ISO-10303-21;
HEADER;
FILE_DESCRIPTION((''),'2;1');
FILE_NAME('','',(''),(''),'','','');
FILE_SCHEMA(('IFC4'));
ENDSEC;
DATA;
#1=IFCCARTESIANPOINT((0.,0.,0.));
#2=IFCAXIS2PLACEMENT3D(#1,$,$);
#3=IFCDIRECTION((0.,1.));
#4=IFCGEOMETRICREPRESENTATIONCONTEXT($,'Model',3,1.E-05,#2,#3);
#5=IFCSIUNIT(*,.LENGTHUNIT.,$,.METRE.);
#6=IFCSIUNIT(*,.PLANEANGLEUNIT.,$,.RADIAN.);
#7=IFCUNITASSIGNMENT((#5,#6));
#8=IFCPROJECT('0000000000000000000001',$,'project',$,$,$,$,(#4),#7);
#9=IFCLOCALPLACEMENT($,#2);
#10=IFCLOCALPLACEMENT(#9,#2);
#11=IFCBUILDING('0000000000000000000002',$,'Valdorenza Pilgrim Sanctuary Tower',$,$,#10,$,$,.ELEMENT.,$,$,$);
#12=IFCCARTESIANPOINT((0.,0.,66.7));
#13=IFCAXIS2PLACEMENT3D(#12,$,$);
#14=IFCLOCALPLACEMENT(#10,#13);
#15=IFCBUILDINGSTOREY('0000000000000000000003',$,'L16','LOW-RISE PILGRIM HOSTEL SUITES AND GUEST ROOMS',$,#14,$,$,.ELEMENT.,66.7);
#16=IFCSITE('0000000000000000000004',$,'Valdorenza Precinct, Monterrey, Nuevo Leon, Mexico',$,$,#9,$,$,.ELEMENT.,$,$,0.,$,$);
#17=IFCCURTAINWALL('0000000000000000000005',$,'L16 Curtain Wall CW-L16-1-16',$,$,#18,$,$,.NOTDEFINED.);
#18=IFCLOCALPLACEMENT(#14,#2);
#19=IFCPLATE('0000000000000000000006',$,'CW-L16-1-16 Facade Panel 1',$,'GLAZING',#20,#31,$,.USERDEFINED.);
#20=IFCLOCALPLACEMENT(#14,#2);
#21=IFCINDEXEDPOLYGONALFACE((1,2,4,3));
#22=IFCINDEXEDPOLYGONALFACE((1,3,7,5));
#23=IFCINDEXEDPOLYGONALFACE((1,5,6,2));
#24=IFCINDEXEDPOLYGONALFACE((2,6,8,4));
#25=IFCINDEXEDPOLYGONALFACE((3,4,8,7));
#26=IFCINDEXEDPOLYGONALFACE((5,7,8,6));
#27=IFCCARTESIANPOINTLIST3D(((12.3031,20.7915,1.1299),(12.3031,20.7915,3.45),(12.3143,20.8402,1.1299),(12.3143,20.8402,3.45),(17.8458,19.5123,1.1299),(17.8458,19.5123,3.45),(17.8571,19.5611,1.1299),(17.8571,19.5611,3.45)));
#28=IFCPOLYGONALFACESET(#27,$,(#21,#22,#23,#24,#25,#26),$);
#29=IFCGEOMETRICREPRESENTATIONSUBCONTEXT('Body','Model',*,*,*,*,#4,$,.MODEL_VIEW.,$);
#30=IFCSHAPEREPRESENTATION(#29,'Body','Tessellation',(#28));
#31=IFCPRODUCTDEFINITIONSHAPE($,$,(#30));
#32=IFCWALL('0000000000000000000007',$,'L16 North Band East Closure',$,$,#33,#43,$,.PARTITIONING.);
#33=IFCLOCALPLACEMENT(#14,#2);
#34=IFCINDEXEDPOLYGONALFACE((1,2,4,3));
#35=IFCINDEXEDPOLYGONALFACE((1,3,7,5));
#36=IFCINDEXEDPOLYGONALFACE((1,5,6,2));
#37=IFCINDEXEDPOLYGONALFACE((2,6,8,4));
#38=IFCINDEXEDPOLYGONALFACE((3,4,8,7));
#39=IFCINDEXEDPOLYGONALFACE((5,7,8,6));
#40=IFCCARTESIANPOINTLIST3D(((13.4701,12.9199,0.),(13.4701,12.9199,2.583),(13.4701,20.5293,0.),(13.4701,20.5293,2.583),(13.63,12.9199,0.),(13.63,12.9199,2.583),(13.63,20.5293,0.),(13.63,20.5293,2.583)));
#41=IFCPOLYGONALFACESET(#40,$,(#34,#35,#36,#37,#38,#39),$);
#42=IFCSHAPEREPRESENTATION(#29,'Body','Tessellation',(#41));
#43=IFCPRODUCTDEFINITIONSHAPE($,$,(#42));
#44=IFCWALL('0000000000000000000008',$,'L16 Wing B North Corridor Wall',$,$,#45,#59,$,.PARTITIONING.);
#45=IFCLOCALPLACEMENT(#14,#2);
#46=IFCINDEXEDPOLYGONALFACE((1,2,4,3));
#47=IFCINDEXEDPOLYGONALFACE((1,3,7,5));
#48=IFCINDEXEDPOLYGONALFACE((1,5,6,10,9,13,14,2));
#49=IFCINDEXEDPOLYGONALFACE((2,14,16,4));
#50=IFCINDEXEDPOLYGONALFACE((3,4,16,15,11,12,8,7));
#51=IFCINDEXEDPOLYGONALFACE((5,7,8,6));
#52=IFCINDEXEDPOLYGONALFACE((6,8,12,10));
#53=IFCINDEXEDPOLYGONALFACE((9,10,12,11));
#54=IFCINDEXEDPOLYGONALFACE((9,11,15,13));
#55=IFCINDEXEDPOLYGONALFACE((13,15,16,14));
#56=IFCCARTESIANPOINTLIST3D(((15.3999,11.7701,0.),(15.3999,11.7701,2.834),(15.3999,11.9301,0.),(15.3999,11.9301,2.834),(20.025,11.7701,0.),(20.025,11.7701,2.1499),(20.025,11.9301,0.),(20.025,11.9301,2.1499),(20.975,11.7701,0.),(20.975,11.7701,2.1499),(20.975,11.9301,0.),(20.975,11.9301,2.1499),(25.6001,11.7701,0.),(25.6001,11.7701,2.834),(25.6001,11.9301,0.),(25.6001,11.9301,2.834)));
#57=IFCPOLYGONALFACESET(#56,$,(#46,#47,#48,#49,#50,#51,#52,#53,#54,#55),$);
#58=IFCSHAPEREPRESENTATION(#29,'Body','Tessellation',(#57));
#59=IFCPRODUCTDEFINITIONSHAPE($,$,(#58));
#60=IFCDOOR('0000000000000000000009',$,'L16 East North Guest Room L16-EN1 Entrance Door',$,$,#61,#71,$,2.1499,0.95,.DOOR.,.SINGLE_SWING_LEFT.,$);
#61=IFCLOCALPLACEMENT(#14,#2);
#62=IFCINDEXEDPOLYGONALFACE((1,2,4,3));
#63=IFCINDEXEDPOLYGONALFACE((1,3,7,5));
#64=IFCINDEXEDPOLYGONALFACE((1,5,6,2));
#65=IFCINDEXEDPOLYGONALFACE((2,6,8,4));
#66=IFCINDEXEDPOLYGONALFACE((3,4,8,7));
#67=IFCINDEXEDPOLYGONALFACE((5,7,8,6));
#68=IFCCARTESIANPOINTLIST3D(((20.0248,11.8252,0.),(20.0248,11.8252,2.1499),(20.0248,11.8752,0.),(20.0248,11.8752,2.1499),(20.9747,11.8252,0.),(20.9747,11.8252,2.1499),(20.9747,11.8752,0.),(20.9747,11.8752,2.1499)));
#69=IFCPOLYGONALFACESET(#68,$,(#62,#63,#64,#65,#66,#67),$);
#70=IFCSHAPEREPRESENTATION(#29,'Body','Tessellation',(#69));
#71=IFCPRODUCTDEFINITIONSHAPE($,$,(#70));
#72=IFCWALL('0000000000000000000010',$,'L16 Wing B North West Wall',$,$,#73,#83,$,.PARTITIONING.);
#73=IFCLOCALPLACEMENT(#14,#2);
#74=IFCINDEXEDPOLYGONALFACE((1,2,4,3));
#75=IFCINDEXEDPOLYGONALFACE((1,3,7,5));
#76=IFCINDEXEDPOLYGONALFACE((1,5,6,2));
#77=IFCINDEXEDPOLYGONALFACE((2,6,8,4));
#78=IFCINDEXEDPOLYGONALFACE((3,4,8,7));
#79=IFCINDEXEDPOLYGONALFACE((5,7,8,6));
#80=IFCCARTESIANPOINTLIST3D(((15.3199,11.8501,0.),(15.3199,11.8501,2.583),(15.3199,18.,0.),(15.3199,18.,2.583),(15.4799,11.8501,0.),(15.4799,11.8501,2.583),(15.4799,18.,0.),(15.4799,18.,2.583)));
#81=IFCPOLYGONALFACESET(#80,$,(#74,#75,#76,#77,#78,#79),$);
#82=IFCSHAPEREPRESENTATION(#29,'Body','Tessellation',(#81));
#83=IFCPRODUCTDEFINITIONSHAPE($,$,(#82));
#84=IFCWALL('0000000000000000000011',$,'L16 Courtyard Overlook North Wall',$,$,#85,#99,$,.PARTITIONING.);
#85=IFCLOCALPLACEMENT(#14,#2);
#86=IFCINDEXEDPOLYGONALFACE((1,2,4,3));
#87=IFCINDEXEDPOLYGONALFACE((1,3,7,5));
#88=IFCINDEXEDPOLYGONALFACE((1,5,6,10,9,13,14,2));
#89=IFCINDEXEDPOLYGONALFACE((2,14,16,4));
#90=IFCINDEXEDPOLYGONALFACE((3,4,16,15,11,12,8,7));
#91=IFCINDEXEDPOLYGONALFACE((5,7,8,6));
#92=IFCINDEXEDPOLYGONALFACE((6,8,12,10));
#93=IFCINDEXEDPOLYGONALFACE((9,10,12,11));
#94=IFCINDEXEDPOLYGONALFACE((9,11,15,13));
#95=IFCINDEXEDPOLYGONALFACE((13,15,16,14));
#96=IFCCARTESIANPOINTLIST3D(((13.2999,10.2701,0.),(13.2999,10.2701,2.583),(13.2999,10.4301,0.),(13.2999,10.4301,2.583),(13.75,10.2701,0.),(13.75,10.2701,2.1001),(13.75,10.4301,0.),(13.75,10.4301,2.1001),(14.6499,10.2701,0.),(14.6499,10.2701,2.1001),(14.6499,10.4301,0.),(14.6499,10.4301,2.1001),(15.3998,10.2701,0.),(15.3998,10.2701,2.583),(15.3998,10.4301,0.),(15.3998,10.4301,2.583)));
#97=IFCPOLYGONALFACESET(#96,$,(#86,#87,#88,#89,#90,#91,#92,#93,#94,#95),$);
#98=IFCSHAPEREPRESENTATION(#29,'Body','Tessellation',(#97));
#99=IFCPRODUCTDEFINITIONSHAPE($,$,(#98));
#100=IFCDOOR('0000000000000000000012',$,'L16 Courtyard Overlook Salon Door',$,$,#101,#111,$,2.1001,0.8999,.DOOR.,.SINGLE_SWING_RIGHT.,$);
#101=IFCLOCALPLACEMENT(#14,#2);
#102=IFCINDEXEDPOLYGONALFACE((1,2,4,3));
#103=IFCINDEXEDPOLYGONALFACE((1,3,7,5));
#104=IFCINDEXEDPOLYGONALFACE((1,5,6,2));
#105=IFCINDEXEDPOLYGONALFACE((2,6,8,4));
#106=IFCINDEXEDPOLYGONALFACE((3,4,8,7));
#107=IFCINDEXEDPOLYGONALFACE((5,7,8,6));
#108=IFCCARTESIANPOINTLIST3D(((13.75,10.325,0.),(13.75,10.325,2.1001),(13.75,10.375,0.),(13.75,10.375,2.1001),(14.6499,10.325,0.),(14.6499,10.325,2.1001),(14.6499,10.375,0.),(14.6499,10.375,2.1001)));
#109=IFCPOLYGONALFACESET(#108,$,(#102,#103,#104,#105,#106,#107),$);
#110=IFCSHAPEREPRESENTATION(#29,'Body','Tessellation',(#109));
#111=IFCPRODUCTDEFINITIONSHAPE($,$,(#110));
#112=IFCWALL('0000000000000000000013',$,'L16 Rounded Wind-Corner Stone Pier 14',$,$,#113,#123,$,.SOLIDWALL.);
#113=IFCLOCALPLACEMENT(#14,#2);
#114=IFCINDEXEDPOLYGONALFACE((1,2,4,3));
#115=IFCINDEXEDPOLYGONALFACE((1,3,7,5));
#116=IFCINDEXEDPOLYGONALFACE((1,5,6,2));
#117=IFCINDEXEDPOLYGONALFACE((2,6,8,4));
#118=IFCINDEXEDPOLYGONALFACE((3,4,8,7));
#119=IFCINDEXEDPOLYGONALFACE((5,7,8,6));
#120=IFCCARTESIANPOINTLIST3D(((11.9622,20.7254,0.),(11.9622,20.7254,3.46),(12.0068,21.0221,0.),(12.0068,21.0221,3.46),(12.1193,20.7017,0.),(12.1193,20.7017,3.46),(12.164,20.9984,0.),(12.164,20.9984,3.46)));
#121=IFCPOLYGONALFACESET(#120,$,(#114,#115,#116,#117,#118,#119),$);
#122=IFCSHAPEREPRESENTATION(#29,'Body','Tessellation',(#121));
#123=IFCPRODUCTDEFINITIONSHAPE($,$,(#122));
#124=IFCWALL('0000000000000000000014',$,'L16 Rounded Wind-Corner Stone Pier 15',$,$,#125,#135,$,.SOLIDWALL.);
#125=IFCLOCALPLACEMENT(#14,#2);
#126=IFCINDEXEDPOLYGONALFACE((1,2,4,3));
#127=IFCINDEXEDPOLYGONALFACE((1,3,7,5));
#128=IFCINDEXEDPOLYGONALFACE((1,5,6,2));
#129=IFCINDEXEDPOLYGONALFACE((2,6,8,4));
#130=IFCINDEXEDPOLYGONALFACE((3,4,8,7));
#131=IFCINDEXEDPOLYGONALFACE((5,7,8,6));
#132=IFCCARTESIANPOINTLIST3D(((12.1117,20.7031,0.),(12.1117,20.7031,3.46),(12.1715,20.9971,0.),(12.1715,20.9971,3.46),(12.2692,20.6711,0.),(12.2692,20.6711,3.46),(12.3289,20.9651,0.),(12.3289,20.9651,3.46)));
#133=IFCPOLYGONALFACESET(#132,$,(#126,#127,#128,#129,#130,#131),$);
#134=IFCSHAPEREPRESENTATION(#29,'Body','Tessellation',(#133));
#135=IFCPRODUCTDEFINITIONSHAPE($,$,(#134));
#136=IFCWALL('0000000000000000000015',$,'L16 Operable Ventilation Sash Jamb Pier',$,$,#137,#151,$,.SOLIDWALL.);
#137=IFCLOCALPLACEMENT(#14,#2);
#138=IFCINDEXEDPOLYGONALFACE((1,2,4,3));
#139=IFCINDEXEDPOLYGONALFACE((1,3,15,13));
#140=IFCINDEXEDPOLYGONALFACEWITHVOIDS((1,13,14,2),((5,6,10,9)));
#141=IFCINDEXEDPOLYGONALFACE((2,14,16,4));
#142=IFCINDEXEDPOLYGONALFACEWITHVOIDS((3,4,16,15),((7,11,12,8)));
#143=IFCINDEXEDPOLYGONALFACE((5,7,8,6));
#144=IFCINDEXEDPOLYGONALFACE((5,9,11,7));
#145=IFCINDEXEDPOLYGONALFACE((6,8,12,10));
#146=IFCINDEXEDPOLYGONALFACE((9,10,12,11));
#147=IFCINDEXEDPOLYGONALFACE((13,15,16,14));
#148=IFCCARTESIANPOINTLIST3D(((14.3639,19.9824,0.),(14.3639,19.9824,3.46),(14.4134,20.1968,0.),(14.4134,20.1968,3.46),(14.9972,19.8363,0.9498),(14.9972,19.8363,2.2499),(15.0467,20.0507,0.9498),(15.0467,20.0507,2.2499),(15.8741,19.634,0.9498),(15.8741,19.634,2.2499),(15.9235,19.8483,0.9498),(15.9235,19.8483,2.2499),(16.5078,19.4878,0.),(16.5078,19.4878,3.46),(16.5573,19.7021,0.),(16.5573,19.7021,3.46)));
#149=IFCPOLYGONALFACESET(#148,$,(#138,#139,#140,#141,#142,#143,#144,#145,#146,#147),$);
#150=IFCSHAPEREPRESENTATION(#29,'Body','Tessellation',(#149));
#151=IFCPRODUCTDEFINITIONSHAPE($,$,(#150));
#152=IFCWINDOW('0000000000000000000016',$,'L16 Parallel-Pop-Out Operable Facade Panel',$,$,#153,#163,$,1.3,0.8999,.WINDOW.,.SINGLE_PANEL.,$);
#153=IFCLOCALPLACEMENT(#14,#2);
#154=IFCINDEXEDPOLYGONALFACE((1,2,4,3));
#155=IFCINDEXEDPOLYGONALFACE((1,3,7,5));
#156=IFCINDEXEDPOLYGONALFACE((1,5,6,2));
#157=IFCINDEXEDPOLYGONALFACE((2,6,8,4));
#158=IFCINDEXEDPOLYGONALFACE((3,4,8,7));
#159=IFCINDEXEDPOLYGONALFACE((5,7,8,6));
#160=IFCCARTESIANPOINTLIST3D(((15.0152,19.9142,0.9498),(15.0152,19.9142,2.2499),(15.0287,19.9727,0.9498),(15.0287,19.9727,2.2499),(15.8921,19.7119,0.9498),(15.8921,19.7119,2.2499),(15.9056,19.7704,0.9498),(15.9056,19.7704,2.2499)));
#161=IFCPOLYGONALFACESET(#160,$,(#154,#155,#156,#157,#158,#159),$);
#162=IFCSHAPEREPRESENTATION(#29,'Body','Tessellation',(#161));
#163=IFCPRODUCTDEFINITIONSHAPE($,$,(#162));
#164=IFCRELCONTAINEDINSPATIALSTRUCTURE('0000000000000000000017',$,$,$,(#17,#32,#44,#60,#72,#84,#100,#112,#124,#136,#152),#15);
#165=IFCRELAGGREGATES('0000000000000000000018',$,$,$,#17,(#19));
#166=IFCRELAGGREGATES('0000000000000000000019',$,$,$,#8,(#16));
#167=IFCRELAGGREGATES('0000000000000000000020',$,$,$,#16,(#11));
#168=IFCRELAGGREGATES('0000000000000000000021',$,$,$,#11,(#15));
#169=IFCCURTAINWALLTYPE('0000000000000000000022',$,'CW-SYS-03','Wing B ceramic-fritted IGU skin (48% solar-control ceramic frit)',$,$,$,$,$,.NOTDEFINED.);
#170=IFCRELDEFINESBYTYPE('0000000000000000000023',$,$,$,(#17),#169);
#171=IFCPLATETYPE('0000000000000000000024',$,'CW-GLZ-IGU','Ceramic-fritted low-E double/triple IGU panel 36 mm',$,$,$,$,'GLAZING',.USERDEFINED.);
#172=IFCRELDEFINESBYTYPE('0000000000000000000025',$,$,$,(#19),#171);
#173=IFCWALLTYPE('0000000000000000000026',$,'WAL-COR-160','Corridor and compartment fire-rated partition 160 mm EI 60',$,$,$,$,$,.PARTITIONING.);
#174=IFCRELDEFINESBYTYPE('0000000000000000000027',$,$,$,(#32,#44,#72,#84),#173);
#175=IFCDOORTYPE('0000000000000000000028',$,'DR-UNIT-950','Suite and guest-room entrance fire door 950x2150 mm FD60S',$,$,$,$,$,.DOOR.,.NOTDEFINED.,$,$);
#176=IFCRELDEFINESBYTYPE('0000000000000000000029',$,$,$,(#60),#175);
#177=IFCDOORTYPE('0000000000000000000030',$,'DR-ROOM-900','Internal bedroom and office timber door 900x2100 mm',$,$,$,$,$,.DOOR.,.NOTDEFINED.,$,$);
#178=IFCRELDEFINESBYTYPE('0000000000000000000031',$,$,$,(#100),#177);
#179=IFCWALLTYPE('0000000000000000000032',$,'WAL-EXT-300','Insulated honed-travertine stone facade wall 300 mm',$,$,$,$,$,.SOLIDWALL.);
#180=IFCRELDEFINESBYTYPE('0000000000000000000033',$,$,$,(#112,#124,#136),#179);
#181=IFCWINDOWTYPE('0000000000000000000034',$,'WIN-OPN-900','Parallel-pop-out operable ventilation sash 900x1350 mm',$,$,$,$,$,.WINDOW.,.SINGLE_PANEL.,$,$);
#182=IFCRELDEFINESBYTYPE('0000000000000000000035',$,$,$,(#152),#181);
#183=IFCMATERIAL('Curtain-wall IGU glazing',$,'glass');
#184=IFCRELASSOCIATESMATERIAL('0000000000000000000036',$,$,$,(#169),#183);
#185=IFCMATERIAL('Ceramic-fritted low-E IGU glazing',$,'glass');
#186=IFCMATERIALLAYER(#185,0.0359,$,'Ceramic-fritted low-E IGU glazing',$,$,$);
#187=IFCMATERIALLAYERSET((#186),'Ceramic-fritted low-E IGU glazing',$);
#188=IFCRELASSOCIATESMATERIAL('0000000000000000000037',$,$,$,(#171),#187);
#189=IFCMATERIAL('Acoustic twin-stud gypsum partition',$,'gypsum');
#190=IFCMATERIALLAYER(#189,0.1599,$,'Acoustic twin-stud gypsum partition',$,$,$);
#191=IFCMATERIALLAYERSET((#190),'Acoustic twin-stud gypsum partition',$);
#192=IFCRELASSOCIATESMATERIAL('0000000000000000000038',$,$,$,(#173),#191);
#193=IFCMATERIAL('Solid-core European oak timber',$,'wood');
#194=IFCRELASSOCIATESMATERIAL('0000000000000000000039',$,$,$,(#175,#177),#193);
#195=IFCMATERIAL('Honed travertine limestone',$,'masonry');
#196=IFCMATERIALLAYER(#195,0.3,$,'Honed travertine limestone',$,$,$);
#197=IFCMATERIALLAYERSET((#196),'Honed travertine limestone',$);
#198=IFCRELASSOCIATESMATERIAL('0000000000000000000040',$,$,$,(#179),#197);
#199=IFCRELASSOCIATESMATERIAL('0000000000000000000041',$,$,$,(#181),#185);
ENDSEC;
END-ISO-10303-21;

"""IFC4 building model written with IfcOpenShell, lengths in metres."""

from ifc_helpers import new_model, si_unit, direction, frame, frame_2d, origin, origin_2d, place, context, subcontext, project, spatial, rectangle, extrude, source, transform, mapped, material, layer, layer_set, type_object, element, fill, aggregate, save


model = new_model("IFC4")

# Units and contexts
model_context = context("Model", 3, precision=1e-05, world=origin(), true_north=direction((0.0, 1.0)))
body_context = subcontext(model_context, "Body", "Model", "MODEL_VIEW")
ifc_project = project(units=[si_unit("LENGTHUNIT", "METRE"), si_unit("PLANEANGLEUNIT", "RADIAN")], contexts=[model_context])

# Site, building, storey
site_placement = place(None, origin())
site = spatial("IfcSite", under=ifc_project, at=site_placement, Name="Valdorenza Precinct, Monterrey, Nuevo Leon, Mexico", CompositionType="ELEMENT", RefElevation=0.0)
building_placement = place(site_placement, origin())
building = spatial("IfcBuilding", under=site, at=building_placement, Name="Valdorenza Pilgrim Sanctuary Tower", CompositionType="ELEMENT")
storey_placement = place(building_placement, frame((0.0, 0.0, 66.7)))
storey = spatial("IfcBuildingStorey", under=building, at=storey_placement, Name="L16", Description="LOW-RISE PILGRIM HOSTEL SUITES AND GUEST ROOMS", CompositionType="ELEMENT", Elevation=66.7)

# Curtain wall, plate
ifc_material_1 = material(Name="Curtain-wall IGU glazing", Category="glass")
curtain_wall_type = type_object("IfcCurtainWallType", Name="CW-SYS-03", Description="Wing B ceramic-fritted IGU skin (48% solar-control ceramic frit)", PredefinedType="NOTDEFINED", material=ifc_material_1)
curtain_wall_placement = place(storey_placement, origin())
curtain_wall = element("IfcCurtainWall", 1, at=curtain_wall_placement, inside=storey, type_object=curtain_wall_type, Name="L16 Curtain Wall CW-L16-1-16", PredefinedType="NOTDEFINED")
ifc_material_2 = material(Name="Honed travertine limestone", Category="masonry")
ifc_material_3 = material(Name="Ceramic-fritted low-E IGU glazing", Category="glass")
ifc_layer_1 = layer(ifc_material_3, 0.0359, Name="Ceramic-fritted low-E IGU glazing")
ifc_layer_set_1 = layer_set([ifc_layer_1], Name="Ceramic-fritted low-E IGU glazing")
plate_type_1 = type_object("IfcPlateType", Name="CW-GLZ-IGU", Description="Ceramic-fritted low-E double/triple IGU panel 36 mm", ElementType="GLAZING", PredefinedType="USERDEFINED", material=ifc_layer_set_1)
shared_shape_1 = source(origin(), body_context, "Body", "SweptSolid", [
    extrude(rectangle(XDim=5.6885, YDim=0.05, at=origin_2d()), origin(), (0.0, 0.0, 1.0), 2.3201),
])
plate_1_placement = place(storey_placement, frame((15.0801, 20.1763, 1.1299), z_axis=(0.0, 0.0, 1.0), x_axis=(0.97439, -0.224866, 0.0)))
plate_1 = element("IfcPlate", 2, at=plate_1_placement, type_object=plate_type_1, Name="CW-L16-1-16 Facade Panel 1", ObjectType="GLAZING", PredefinedType="USERDEFINED", context=body_context, shape_type="MappedRepresentation", body=[
    mapped(shared_shape_1, transform((0.0, 0.0, 0.0), x_axis=(1.0, 0.0, 0.0), y_axis=(0.0, 1.0, 0.0), z_axis=(0.0, 0.0, 1.0), scale=1.0)),
])
aggregate(curtain_wall, [plate_1])

# Wall
ifc_material_4 = material(Name="Acoustic twin-stud gypsum partition", Category="gypsum")
ifc_layer_2 = layer(ifc_material_4, 0.1599, Name="Acoustic twin-stud gypsum partition")
ifc_layer_set_2 = layer_set([ifc_layer_2], Name="Acoustic twin-stud gypsum partition")
wall_type_1 = type_object("IfcWallType", Name="WAL-COR-160", Description="Corridor and compartment fire-rated partition 160 mm EI 60", PredefinedType="PARTITIONING", material=ifc_layer_set_2)
wall_1_placement = place(storey_placement, frame((13.55, 12.9199, 0.0), z_axis=(0.0, 0.0, 1.0), x_axis=(0.0, 1.0, 0.0)))
element("IfcWall", 3, at=wall_1_placement, inside=storey, type_object=wall_type_1, Name="L16 North Band East Closure", PredefinedType="PARTITIONING", context=body_context, shape_type="SweptSolid", body=[
    extrude(rectangle(XDim=7.6094, YDim=0.1599, at=frame_2d((3.8047, 0.0))), origin(), (0.0, 0.0, 1.0), 2.583),
])

# Wall, opening, door
wall_2_placement = place(storey_placement, frame((15.3999, 11.8501, 0.0), z_axis=(0.0, 0.0, 1.0), x_axis=(1.0, 0.0, 0.0)))
wall_2 = element("IfcWall", 4, at=wall_2_placement, inside=storey, type_object=wall_type_1, Name="L16 Wing B North Corridor Wall", PredefinedType="PARTITIONING", context=body_context, shape_type="SweptSolid", body=[
    extrude(rectangle(XDim=10.2002, YDim=0.1599, at=frame_2d((5.1001, 0.0))), origin(), (0.0, 0.0, 1.0), 2.834),
])
opening_1_placement = place(wall_2_placement, frame((4.625, 0.0, 0.0)))
opening_1 = element("IfcOpeningElement", 5, at=opening_1_placement, cuts=wall_2, PredefinedType="OPENING", context=body_context, shape_type="SweptSolid", body=[
    extrude(rectangle(XDim=0.95, YDim=2.1499, at=frame_2d((0.4751, 1.075))), frame((0.0, 0.0947, 0.0), z_axis=(0.0, -1.0, 0.0), x_axis=(1.0, 0.0, 0.0)), (0.0, 0.0, 1.0), 0.1897),
])
ifc_material_5 = material(Name="Solid-core European oak timber", Category="wood")
door_type_1 = type_object("IfcDoorType", Name="DR-UNIT-950", Description="Suite and guest-room entrance fire door 950x2150 mm FD60S", OperationType="NOTDEFINED", PredefinedType="DOOR", material=ifc_material_5)
door_1_placement = place(opening_1_placement, frame((0.95, 0.0, 0.0), z_axis=(0.0, 0.0, 1.0), x_axis=(-1.0, 0.0, 0.0)))
door_1 = element("IfcDoor", 6, at=door_1_placement, inside=storey, type_object=door_type_1, Name="L16 East North Guest Room L16-EN1 Entrance Door", OperationType="SINGLE_SWING_LEFT", OverallHeight=2.1499, OverallWidth=0.95, PredefinedType="DOOR", context=body_context, shape_type="SweptSolid", body=[
    extrude(rectangle(XDim=0.95, YDim=2.1499, at=frame_2d((0.4751, 1.075))), frame((0.0, 0.0249, 0.0), z_axis=(0.0, -1.0, 0.0), x_axis=(1.0, 0.0, 0.0)), (0.0, 0.0, 1.0), 0.05),
])
fill(opening_1, door_1)

# Wall
wall_3_placement = place(storey_placement, frame((15.3999, 11.8501, 0.0), z_axis=(0.0, 0.0, 1.0), x_axis=(0.0, 1.0, 0.0)))
element("IfcWall", 7, at=wall_3_placement, inside=storey, type_object=wall_type_1, Name="L16 Wing B North West Wall", PredefinedType="PARTITIONING", context=body_context, shape_type="SweptSolid", body=[
    extrude(rectangle(XDim=6.1499, YDim=0.1599, at=frame_2d((3.075, 0.0))), origin(), (0.0, 0.0, 1.0), 2.583),
])

# Wall, opening, door
wall_4_placement = place(storey_placement, frame((13.3, 10.3501, 0.0), z_axis=(0.0, 0.0, 1.0), x_axis=(1.0, 0.0, 0.0)))
wall_4 = element("IfcWall", 8, at=wall_4_placement, inside=storey, type_object=wall_type_1, Name="L16 Courtyard Overlook North Wall", PredefinedType="PARTITIONING", context=body_context, shape_type="SweptSolid", body=[
    extrude(rectangle(XDim=2.0999, YDim=0.1599, at=frame_2d((1.0498, 0.0))), origin(), (0.0, 0.0, 1.0), 2.583),
])
opening_2_placement = place(wall_4_placement, frame((0.45, 0.0, 0.0)))
opening_2 = element("IfcOpeningElement", 9, at=opening_2_placement, cuts=wall_4, PredefinedType="OPENING", context=body_context, shape_type="SweptSolid", body=[
    extrude(rectangle(XDim=0.8999, YDim=2.1001, at=frame_2d((0.45, 1.05))), frame((0.0, 0.0947, 0.0), z_axis=(0.0, -1.0, 0.0), x_axis=(1.0, 0.0, 0.0)), (0.0, 0.0, 1.0), 0.1897),
])
door_type_2 = type_object("IfcDoorType", Name="DR-ROOM-900", Description="Internal bedroom and office timber door 900x2100 mm", OperationType="NOTDEFINED", PredefinedType="DOOR", material=ifc_material_5)
door_2_placement = place(opening_2_placement, origin())
door_2 = element("IfcDoor", 10, at=door_2_placement, inside=storey, type_object=door_type_2, Name="L16 Courtyard Overlook Salon Door", OperationType="SINGLE_SWING_RIGHT", OverallHeight=2.1001, OverallWidth=0.8999, PredefinedType="DOOR", context=body_context, shape_type="SweptSolid", body=[
    extrude(rectangle(XDim=0.8999, YDim=2.1001, at=frame_2d((0.45, 1.05))), frame((0.0, 0.0249, 0.0), z_axis=(0.0, -1.0, 0.0), x_axis=(1.0, 0.0, 0.0)), (0.0, 0.0, 1.0), 0.05),
])
fill(opening_2, door_2)

# Walls
ifc_layer_3 = layer(ifc_material_2, 0.3, Name="Honed travertine limestone")
ifc_layer_set_3 = layer_set([ifc_layer_3], Name="Honed travertine limestone")
wall_type_2 = type_object("IfcWallType", Name="WAL-EXT-300", Description="Insulated honed-travertine stone facade wall 300 mm", PredefinedType="SOLIDWALL", material=ifc_layer_set_3)
wall_5_placement = place(storey_placement, frame((11.9844, 20.8738, 0.0), z_axis=(0.0, 0.0, 1.0), x_axis=(0.988846, -0.148941, 0.0)))
element("IfcWall", 11, at=wall_5_placement, inside=storey, type_object=wall_type_2, Name="L16 Rounded Wind-Corner Stone Pier 14", PredefinedType="SOLIDWALL", context=body_context, shape_type="SweptSolid", body=[
    extrude(rectangle(XDim=0.1589, YDim=0.3, at=frame_2d((0.0796, 0.0))), origin(), (0.0, 0.0, 1.0), 3.46),
])
wall_6_placement = place(storey_placement, frame((12.1416, 20.8501, 0.0), z_axis=(0.0, 0.0, 1.0), x_axis=(0.979992, -0.199037, 0.0)))
element("IfcWall", 12, at=wall_6_placement, inside=storey, type_object=wall_type_2, Name="L16 Rounded Wind-Corner Stone Pier 15", PredefinedType="SOLIDWALL", context=body_context, shape_type="SweptSolid", body=[
    extrude(rectangle(XDim=0.1606, YDim=0.3, at=frame_2d((0.0803, 0.0))), origin(), (0.0, 0.0, 1.0), 3.46),
])

# Wall, opening, window
wall_7_placement = place(storey_placement, frame((14.3887, 20.0896, 0.0), z_axis=(0.0, 0.0, 1.0), x_axis=(0.974401, -0.224819, 0.0)))
wall_7 = element("IfcWall", 13, at=wall_7_placement, inside=storey, type_object=wall_type_2, Name="L16 Operable Ventilation Sash Jamb Pier", PredefinedType="SOLIDWALL", context=body_context, shape_type="SweptSolid", body=[
    extrude(rectangle(XDim=2.2002, YDim=0.22, at=frame_2d((1.1001, 0.0))), origin(), (0.0, 0.0, 1.0), 3.46),
])
opening_3_placement = place(wall_7_placement, frame((0.6499, 0.0, 0.95)))
opening_3 = element("IfcOpeningElement", 14, at=opening_3_placement, cuts=wall_7, PredefinedType="OPENING", context=body_context, shape_type="SweptSolid", body=[
    extrude(rectangle(XDim=0.8999, YDim=1.3, at=frame_2d((0.45, 0.6499))), frame((0.0, 0.125, 0.0), z_axis=(0.0, -1.0, 0.0), x_axis=(1.0, 0.0, 0.0)), (0.0, 0.0, 1.0), 0.2498),
])
window_type = type_object("IfcWindowType", Name="WIN-OPN-900", Description="Parallel-pop-out operable ventilation sash 900x1350 mm", PartitioningType="SINGLE_PANEL", PredefinedType="WINDOW", material=ifc_material_3)
window_placement = place(opening_3_placement, origin())
window = element("IfcWindow", 15, at=window_placement, inside=storey, type_object=window_type, Name="L16 Parallel-Pop-Out Operable Facade Panel", OverallHeight=1.3, OverallWidth=0.8999, PartitioningType="SINGLE_PANEL", PredefinedType="WINDOW", context=body_context, shape_type="SweptSolid", body=[
    extrude(rectangle(XDim=0.8999, YDim=1.3, at=frame_2d((0.45, 0.6499))), frame((0.0, 0.03, 0.0), z_axis=(0.0, -1.0, 0.0), x_axis=(1.0, 0.0, 0.0)), (0.0, 0.0, 1.0), 0.0601),
])
fill(opening_3, window)

save(model, "model.ifc")
